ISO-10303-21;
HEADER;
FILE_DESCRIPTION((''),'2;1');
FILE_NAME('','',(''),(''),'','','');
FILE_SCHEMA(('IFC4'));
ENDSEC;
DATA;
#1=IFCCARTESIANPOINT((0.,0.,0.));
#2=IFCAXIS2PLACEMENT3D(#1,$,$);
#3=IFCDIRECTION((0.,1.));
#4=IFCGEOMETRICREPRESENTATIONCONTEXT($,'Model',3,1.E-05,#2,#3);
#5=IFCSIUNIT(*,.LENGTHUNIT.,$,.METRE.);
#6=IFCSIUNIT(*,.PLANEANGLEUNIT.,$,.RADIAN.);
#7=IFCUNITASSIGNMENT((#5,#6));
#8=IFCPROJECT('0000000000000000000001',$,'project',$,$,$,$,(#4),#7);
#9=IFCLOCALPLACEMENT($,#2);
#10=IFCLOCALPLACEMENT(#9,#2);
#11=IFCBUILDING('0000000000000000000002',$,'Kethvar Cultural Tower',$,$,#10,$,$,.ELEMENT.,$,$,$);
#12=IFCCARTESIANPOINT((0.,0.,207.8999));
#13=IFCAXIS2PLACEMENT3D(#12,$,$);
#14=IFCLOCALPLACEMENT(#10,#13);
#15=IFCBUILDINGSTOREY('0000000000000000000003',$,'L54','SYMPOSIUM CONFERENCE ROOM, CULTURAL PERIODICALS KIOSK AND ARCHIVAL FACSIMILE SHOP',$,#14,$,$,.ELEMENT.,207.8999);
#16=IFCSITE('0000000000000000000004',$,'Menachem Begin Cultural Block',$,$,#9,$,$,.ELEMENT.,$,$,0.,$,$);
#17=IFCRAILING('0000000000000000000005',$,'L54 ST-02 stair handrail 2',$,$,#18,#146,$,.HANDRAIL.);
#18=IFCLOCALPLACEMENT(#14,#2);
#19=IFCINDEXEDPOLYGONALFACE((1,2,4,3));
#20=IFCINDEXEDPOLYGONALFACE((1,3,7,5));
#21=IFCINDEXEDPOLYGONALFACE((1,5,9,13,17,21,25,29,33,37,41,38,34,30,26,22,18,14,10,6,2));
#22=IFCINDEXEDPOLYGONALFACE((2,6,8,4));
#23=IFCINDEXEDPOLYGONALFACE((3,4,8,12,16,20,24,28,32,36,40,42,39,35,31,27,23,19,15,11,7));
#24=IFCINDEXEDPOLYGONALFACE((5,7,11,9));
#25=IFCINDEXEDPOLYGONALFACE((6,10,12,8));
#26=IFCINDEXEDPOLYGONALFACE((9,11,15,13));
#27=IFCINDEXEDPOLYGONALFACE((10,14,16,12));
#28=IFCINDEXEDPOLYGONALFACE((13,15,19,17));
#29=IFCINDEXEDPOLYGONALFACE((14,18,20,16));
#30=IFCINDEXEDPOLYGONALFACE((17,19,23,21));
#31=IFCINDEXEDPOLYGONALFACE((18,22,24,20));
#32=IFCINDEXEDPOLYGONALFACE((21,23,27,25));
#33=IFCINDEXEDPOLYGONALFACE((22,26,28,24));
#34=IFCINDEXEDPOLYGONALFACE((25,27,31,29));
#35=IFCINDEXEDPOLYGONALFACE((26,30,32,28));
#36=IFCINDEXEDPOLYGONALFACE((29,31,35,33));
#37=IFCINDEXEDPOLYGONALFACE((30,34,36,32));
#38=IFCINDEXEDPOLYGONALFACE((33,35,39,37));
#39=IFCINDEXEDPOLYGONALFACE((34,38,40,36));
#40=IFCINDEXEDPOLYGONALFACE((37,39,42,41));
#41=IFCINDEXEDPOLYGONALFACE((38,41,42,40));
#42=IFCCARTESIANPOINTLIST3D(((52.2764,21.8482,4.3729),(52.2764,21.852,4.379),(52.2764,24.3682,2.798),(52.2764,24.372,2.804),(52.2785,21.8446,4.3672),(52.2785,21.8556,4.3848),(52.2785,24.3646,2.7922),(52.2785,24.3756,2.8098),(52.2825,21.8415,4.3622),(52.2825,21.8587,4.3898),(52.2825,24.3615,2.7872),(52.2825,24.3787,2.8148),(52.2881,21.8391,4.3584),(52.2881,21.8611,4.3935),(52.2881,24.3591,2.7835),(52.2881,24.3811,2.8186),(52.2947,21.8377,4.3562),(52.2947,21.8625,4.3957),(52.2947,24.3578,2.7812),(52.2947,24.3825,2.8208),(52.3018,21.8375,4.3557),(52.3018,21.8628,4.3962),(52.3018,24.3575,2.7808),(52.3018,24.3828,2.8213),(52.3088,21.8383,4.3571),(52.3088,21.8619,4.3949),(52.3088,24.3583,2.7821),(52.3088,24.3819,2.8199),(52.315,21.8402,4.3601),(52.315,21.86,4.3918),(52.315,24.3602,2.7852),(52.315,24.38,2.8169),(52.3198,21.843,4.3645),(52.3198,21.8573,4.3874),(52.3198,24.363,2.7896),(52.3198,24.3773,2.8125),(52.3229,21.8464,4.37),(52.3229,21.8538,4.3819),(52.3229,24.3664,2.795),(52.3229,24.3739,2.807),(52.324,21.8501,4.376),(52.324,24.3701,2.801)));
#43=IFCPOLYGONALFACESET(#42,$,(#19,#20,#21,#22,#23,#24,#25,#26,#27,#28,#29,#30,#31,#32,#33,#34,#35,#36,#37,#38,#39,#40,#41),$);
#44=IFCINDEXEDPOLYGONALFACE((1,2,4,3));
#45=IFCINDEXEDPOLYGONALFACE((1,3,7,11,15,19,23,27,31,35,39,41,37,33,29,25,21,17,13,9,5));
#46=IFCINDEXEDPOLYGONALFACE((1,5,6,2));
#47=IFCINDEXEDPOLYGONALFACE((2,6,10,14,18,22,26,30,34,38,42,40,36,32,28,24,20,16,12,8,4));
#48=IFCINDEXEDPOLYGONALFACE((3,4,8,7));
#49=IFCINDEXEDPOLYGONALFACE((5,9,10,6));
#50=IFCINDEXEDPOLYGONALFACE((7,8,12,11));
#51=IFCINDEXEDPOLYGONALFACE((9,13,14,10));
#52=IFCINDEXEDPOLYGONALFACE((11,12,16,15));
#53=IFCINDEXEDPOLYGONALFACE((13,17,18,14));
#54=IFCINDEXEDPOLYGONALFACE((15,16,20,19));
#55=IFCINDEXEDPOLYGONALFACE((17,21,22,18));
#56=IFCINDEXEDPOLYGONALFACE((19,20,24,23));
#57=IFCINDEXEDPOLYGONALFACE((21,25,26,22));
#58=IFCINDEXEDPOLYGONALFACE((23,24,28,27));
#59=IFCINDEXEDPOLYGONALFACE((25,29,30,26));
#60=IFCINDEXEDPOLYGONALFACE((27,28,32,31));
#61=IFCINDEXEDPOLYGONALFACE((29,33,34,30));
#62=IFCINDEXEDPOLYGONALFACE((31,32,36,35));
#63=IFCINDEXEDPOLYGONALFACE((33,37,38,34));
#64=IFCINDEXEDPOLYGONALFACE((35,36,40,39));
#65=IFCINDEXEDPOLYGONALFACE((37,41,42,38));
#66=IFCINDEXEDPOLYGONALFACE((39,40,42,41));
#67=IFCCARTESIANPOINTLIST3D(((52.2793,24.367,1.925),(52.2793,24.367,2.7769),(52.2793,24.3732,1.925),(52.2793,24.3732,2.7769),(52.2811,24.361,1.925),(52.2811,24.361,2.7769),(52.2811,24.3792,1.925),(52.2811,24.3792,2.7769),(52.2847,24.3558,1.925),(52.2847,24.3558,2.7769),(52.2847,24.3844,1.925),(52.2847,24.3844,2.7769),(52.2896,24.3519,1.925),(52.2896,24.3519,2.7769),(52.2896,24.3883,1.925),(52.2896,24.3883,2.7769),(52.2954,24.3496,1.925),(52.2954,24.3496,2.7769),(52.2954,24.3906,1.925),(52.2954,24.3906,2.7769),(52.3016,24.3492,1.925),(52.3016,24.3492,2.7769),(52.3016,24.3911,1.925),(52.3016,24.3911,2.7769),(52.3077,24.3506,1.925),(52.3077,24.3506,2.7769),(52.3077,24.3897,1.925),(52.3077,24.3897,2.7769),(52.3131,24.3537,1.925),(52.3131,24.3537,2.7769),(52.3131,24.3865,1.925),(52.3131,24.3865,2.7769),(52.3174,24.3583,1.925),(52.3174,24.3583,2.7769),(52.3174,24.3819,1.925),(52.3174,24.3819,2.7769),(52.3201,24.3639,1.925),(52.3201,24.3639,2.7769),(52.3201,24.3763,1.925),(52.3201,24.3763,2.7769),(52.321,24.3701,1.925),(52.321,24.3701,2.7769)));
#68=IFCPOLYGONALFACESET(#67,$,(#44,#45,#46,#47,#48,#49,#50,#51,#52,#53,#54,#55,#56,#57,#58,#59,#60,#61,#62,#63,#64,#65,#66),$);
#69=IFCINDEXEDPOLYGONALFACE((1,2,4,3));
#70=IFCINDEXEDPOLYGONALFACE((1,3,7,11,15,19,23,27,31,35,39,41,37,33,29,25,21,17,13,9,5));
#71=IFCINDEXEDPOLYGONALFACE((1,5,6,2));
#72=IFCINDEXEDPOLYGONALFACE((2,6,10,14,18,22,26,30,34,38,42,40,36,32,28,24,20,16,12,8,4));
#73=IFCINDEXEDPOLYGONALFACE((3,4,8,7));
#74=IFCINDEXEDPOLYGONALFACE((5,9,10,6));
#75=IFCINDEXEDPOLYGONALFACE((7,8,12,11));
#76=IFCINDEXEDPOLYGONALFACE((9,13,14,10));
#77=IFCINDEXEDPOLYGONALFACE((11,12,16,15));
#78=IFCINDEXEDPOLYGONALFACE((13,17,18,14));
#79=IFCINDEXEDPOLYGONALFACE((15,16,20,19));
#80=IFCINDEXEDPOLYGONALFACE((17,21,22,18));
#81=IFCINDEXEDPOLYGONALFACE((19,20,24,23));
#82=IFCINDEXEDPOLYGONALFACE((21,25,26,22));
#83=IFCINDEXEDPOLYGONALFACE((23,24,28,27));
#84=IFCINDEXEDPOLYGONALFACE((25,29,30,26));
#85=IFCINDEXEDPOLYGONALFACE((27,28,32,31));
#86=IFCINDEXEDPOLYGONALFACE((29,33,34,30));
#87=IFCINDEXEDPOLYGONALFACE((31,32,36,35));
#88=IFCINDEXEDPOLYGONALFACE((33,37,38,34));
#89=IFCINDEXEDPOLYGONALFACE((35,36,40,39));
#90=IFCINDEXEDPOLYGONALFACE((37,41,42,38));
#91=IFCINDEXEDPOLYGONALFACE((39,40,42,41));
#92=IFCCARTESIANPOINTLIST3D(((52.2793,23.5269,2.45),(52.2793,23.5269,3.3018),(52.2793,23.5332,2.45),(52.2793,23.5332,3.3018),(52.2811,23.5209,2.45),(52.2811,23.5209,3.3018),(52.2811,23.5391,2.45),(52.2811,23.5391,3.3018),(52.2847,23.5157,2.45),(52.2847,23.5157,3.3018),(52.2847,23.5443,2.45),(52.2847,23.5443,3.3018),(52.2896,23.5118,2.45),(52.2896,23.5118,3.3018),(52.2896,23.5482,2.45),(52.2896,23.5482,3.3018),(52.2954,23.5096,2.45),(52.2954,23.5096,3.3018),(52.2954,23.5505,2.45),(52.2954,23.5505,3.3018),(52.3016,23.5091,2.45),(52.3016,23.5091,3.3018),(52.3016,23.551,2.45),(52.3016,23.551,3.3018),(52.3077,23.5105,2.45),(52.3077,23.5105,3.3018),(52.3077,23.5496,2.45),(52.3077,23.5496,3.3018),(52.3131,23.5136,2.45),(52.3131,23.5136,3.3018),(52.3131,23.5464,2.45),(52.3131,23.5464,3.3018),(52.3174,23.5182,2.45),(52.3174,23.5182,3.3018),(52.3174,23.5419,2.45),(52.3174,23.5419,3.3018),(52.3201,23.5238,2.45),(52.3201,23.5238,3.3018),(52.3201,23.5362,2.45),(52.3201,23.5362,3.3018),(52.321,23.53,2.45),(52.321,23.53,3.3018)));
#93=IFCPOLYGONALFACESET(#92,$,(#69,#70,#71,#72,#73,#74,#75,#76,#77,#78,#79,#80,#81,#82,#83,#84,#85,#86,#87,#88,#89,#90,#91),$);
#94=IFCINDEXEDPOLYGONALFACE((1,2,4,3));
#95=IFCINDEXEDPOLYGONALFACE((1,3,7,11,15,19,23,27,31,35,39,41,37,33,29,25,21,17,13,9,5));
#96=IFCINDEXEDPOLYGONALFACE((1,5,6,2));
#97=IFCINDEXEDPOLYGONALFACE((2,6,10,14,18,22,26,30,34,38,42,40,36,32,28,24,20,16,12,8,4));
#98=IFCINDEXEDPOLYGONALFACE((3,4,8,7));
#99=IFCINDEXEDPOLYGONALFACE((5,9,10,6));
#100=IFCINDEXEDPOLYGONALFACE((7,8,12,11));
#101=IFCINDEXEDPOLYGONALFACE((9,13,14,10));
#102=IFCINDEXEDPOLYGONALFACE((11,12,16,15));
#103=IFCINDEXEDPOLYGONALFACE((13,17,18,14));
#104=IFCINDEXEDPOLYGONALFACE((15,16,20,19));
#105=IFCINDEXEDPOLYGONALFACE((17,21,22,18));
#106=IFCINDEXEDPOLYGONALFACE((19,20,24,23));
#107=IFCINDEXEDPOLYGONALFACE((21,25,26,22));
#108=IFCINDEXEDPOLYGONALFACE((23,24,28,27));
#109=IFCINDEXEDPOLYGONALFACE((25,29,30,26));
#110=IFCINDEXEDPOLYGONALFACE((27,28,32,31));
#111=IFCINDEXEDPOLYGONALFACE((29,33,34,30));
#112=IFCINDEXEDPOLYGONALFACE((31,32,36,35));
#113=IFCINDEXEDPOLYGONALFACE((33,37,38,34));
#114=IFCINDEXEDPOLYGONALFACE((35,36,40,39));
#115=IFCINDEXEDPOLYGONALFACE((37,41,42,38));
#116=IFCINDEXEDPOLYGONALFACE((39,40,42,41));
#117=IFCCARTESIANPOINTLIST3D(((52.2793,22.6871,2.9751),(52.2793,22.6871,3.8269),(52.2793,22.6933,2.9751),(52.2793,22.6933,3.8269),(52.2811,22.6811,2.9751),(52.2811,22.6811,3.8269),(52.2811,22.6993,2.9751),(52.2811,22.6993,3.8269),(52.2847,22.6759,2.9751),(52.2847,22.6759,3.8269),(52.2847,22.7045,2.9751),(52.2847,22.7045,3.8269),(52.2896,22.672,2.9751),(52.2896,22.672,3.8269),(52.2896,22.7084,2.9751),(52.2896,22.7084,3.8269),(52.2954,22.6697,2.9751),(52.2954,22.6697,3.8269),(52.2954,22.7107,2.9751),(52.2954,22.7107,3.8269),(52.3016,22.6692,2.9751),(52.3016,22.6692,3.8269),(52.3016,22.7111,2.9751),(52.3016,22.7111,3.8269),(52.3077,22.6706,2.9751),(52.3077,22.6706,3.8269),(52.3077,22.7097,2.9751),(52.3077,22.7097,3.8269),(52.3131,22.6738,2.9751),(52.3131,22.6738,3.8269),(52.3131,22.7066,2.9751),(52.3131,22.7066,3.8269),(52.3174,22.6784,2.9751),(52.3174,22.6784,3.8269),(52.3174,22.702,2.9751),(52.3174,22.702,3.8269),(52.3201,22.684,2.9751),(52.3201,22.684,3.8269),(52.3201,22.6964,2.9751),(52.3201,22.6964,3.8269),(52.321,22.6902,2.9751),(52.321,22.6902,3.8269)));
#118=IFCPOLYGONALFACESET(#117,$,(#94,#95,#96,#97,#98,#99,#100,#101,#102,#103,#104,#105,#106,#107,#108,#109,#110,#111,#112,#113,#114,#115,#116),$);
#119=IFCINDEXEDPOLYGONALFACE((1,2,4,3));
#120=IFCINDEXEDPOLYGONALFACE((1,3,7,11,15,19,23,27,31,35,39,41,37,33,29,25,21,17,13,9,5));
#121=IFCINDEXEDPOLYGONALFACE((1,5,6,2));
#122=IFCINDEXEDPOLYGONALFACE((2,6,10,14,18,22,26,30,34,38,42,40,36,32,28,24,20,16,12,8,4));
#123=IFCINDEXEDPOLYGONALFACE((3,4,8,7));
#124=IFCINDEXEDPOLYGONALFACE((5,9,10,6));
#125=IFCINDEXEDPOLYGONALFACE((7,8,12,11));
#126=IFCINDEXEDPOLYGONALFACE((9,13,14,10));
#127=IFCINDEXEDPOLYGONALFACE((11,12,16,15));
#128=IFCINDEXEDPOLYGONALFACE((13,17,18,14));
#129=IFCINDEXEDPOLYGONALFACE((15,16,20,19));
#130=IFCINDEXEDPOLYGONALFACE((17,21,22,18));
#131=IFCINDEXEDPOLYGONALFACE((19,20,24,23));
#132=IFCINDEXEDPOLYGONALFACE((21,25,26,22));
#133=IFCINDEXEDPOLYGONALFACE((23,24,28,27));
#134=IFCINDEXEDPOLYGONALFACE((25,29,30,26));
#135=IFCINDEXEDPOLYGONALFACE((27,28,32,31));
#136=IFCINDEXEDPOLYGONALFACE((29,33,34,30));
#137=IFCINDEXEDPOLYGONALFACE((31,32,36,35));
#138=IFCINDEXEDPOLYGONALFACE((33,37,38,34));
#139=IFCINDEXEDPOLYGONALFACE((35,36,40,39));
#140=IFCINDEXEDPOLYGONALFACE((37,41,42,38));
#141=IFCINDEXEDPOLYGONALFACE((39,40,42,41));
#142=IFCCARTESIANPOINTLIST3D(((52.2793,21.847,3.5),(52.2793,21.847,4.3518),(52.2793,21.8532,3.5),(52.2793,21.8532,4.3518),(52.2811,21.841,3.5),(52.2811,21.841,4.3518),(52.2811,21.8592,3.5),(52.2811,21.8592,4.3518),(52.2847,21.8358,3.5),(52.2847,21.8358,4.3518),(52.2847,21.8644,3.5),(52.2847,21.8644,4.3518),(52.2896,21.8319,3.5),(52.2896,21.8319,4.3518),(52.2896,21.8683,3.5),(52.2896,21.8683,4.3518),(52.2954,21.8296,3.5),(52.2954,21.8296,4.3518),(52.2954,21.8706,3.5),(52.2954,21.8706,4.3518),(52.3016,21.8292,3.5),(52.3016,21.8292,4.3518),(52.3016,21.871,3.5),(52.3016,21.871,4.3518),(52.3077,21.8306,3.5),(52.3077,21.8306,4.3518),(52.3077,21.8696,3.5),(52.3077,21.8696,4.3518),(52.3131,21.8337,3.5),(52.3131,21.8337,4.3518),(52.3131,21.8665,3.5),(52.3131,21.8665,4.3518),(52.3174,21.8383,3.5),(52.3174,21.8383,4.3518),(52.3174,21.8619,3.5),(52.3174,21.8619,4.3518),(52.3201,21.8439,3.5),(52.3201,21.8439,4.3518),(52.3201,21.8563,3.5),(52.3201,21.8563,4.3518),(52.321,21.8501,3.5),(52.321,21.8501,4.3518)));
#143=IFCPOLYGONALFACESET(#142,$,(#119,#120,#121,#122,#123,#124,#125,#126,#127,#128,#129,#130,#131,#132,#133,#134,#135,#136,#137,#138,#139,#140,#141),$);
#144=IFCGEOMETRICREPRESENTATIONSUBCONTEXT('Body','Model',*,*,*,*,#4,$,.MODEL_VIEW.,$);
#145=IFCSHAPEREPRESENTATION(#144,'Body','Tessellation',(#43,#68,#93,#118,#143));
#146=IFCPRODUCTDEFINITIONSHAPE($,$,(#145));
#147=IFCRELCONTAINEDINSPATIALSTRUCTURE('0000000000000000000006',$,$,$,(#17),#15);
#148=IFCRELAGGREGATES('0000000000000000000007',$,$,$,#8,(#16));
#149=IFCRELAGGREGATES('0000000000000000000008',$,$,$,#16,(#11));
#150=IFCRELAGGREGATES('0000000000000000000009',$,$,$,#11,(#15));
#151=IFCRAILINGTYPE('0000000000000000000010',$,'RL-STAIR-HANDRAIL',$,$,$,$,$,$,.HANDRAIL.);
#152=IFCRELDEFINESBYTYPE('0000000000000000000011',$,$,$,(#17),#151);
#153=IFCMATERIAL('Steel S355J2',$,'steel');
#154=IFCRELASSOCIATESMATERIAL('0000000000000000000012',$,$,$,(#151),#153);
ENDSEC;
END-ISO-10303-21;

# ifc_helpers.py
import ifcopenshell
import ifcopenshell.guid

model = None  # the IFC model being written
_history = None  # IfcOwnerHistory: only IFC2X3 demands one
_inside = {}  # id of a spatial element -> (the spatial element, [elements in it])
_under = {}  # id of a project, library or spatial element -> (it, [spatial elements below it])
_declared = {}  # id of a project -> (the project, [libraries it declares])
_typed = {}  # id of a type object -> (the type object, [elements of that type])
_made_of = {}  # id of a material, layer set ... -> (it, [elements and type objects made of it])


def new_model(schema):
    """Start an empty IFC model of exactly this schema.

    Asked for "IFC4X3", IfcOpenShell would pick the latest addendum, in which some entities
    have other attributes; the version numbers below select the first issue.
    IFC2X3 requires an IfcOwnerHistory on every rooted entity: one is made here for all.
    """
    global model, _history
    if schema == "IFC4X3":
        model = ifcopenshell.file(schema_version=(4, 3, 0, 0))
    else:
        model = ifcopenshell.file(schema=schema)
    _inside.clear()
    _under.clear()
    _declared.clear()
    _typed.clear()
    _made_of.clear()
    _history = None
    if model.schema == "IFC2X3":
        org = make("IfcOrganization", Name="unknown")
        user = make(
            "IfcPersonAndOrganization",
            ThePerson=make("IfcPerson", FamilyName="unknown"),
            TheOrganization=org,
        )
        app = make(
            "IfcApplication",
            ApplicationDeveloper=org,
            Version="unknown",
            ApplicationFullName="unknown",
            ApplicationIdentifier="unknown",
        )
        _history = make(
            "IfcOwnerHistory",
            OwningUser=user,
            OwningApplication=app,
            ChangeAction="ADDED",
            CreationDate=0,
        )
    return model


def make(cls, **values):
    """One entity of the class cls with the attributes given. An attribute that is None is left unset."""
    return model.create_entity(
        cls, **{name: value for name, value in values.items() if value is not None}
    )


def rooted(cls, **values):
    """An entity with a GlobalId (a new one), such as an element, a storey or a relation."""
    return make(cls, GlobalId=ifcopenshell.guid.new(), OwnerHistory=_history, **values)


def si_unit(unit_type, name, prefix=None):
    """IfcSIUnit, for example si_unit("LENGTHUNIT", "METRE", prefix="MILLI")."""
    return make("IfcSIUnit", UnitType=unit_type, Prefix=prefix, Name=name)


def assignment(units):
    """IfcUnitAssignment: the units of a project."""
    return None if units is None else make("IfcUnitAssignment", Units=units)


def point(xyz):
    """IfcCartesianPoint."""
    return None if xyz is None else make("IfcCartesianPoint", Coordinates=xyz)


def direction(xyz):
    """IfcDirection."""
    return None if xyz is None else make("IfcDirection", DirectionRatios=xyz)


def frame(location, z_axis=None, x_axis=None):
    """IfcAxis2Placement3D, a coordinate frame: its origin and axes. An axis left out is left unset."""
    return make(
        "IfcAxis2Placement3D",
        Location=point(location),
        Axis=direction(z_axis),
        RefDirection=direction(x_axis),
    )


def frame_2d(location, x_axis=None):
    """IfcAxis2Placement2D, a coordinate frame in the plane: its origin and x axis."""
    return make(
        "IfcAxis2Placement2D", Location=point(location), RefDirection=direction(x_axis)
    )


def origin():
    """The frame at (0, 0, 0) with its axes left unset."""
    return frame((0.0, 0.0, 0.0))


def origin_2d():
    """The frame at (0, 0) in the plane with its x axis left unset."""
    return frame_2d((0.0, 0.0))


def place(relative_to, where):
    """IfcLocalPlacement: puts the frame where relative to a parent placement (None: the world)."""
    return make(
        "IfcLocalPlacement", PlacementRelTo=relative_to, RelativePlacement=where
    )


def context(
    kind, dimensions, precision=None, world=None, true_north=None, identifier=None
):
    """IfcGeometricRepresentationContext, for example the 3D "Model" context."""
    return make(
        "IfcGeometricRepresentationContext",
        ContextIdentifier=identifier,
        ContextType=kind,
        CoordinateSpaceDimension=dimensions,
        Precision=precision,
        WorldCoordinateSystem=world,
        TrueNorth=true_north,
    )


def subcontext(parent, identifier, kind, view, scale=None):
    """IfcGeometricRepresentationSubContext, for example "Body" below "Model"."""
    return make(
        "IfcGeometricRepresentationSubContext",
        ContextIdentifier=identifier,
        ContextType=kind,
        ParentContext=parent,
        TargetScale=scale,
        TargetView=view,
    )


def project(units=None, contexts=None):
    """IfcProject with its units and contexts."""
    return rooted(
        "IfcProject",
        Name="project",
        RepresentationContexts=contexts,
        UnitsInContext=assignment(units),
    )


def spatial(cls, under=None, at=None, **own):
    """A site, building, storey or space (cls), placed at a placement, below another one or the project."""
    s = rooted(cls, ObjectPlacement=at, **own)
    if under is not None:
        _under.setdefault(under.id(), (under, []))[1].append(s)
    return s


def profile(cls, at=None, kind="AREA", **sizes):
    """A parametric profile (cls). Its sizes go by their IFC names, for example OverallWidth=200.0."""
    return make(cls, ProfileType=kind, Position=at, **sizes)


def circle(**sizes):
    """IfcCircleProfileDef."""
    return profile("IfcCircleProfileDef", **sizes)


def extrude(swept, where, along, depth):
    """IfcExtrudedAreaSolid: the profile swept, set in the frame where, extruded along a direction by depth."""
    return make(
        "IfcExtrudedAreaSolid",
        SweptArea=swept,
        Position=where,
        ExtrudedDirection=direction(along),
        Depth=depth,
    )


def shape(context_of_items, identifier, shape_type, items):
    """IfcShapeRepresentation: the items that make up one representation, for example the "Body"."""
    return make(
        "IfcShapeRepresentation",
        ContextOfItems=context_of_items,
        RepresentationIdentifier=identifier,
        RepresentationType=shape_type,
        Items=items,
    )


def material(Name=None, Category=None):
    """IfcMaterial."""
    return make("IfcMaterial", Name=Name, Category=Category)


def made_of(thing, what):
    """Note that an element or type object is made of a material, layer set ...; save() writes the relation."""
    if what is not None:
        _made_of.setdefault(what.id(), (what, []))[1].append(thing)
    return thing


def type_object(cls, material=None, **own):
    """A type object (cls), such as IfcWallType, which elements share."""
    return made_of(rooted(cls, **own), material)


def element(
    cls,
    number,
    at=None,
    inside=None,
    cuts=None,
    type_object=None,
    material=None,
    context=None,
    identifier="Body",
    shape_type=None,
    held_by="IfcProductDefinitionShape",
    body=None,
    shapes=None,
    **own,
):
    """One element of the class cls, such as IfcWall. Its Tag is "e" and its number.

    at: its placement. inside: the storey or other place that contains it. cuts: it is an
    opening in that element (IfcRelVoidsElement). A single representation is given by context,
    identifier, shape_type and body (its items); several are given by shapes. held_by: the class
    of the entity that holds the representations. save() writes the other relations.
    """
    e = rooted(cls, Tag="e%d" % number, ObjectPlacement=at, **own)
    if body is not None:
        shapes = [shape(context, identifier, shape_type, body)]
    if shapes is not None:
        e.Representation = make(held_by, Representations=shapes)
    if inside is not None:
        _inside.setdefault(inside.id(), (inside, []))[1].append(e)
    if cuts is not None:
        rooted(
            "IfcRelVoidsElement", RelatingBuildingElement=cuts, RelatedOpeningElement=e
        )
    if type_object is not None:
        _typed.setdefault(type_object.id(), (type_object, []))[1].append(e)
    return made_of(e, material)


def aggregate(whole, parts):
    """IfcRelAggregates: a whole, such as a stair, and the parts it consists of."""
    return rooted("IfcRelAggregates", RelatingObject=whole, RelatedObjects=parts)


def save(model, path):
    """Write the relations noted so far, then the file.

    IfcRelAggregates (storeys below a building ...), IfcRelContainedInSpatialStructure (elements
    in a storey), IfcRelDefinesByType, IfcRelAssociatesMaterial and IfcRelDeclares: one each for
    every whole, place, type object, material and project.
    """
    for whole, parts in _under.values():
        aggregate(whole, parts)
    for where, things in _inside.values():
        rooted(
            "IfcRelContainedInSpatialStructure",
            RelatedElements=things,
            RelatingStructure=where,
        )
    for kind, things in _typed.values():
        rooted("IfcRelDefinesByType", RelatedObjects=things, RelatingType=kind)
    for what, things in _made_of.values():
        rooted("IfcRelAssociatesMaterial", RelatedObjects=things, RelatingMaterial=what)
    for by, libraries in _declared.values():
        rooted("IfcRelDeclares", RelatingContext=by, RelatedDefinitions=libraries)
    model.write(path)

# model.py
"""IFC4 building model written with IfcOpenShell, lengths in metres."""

from ifc_helpers import new_model, si_unit, direction, frame, origin, origin_2d, place, context, subcontext, project, spatial, circle, extrude, material, type_object, element, save


model = new_model("IFC4")

# Units and contexts
model_context = context("Model", 3, precision=1e-05, world=origin(), true_north=direction((0.0, 1.0)))
body_context = subcontext(model_context, "Body", "Model", "MODEL_VIEW")
ifc_project = project(units=[si_unit("LENGTHUNIT", "METRE"), si_unit("PLANEANGLEUNIT", "RADIAN")], contexts=[model_context])

# Site, building, storey
site_placement = place(None, origin())
site = spatial("IfcSite", under=ifc_project, at=site_placement, Name="Menachem Begin Cultural Block", CompositionType="ELEMENT", RefElevation=0.0)
building_placement = place(site_placement, origin())
building = spatial("IfcBuilding", under=site, at=building_placement, Name="Kethvar Cultural Tower", CompositionType="ELEMENT")
storey_placement = place(building_placement, frame((0.0, 0.0, 207.8999)))
storey = spatial("IfcBuildingStorey", under=building, at=storey_placement, Name="L54", Description="SYMPOSIUM CONFERENCE ROOM, CULTURAL PERIODICALS KIOSK AND ARCHIVAL FACSIMILE SHOP", CompositionType="ELEMENT", Elevation=207.8999)

# Shared definitions
ifc_material_1 = material(Name="Steel S355J2", Category="steel")

# Railing
railing_type_1 = type_object("IfcRailingType", Name="RL-STAIR-HANDRAIL", PredefinedType="HANDRAIL", material=ifc_material_1)
railing_1_placement = place(storey_placement, frame((52.3, 24.3701, 1.925)))
element("IfcRailing", 1, at=railing_1_placement, inside=storey, type_object=railing_type_1, Name="L54 ST-02 stair handrail 2", PredefinedType="HANDRAIL", context=body_context, shape_type="SweptSolid", body=[
    extrude(circle(Radius=0.0239, at=origin_2d()), frame((0.0, 0.0, 0.876), z_axis=(0.0, -0.848008, 0.529984), x_axis=(1.0, 0.0, 0.0)), (0.0, 0.0, 1.0), 2.9717),
    extrude(circle(Radius=0.021, at=origin_2d()), origin(), (0.0, 0.0, 1.0), 0.8518),
    extrude(circle(Radius=0.021, at=origin_2d()), frame((0.0, -0.8401, 0.5249)), (0.0, 0.0, 1.0), 0.8518),
    extrude(circle(Radius=0.021, at=origin_2d()), frame((0.0, -1.6799, 1.05)), (0.0, 0.0, 1.0), 0.8518),
    extrude(circle(Radius=0.021, at=origin_2d()), frame((0.0, -2.52, 1.575)), (0.0, 0.0, 1.0), 0.8518),
])

save(model, "model.ifc")
